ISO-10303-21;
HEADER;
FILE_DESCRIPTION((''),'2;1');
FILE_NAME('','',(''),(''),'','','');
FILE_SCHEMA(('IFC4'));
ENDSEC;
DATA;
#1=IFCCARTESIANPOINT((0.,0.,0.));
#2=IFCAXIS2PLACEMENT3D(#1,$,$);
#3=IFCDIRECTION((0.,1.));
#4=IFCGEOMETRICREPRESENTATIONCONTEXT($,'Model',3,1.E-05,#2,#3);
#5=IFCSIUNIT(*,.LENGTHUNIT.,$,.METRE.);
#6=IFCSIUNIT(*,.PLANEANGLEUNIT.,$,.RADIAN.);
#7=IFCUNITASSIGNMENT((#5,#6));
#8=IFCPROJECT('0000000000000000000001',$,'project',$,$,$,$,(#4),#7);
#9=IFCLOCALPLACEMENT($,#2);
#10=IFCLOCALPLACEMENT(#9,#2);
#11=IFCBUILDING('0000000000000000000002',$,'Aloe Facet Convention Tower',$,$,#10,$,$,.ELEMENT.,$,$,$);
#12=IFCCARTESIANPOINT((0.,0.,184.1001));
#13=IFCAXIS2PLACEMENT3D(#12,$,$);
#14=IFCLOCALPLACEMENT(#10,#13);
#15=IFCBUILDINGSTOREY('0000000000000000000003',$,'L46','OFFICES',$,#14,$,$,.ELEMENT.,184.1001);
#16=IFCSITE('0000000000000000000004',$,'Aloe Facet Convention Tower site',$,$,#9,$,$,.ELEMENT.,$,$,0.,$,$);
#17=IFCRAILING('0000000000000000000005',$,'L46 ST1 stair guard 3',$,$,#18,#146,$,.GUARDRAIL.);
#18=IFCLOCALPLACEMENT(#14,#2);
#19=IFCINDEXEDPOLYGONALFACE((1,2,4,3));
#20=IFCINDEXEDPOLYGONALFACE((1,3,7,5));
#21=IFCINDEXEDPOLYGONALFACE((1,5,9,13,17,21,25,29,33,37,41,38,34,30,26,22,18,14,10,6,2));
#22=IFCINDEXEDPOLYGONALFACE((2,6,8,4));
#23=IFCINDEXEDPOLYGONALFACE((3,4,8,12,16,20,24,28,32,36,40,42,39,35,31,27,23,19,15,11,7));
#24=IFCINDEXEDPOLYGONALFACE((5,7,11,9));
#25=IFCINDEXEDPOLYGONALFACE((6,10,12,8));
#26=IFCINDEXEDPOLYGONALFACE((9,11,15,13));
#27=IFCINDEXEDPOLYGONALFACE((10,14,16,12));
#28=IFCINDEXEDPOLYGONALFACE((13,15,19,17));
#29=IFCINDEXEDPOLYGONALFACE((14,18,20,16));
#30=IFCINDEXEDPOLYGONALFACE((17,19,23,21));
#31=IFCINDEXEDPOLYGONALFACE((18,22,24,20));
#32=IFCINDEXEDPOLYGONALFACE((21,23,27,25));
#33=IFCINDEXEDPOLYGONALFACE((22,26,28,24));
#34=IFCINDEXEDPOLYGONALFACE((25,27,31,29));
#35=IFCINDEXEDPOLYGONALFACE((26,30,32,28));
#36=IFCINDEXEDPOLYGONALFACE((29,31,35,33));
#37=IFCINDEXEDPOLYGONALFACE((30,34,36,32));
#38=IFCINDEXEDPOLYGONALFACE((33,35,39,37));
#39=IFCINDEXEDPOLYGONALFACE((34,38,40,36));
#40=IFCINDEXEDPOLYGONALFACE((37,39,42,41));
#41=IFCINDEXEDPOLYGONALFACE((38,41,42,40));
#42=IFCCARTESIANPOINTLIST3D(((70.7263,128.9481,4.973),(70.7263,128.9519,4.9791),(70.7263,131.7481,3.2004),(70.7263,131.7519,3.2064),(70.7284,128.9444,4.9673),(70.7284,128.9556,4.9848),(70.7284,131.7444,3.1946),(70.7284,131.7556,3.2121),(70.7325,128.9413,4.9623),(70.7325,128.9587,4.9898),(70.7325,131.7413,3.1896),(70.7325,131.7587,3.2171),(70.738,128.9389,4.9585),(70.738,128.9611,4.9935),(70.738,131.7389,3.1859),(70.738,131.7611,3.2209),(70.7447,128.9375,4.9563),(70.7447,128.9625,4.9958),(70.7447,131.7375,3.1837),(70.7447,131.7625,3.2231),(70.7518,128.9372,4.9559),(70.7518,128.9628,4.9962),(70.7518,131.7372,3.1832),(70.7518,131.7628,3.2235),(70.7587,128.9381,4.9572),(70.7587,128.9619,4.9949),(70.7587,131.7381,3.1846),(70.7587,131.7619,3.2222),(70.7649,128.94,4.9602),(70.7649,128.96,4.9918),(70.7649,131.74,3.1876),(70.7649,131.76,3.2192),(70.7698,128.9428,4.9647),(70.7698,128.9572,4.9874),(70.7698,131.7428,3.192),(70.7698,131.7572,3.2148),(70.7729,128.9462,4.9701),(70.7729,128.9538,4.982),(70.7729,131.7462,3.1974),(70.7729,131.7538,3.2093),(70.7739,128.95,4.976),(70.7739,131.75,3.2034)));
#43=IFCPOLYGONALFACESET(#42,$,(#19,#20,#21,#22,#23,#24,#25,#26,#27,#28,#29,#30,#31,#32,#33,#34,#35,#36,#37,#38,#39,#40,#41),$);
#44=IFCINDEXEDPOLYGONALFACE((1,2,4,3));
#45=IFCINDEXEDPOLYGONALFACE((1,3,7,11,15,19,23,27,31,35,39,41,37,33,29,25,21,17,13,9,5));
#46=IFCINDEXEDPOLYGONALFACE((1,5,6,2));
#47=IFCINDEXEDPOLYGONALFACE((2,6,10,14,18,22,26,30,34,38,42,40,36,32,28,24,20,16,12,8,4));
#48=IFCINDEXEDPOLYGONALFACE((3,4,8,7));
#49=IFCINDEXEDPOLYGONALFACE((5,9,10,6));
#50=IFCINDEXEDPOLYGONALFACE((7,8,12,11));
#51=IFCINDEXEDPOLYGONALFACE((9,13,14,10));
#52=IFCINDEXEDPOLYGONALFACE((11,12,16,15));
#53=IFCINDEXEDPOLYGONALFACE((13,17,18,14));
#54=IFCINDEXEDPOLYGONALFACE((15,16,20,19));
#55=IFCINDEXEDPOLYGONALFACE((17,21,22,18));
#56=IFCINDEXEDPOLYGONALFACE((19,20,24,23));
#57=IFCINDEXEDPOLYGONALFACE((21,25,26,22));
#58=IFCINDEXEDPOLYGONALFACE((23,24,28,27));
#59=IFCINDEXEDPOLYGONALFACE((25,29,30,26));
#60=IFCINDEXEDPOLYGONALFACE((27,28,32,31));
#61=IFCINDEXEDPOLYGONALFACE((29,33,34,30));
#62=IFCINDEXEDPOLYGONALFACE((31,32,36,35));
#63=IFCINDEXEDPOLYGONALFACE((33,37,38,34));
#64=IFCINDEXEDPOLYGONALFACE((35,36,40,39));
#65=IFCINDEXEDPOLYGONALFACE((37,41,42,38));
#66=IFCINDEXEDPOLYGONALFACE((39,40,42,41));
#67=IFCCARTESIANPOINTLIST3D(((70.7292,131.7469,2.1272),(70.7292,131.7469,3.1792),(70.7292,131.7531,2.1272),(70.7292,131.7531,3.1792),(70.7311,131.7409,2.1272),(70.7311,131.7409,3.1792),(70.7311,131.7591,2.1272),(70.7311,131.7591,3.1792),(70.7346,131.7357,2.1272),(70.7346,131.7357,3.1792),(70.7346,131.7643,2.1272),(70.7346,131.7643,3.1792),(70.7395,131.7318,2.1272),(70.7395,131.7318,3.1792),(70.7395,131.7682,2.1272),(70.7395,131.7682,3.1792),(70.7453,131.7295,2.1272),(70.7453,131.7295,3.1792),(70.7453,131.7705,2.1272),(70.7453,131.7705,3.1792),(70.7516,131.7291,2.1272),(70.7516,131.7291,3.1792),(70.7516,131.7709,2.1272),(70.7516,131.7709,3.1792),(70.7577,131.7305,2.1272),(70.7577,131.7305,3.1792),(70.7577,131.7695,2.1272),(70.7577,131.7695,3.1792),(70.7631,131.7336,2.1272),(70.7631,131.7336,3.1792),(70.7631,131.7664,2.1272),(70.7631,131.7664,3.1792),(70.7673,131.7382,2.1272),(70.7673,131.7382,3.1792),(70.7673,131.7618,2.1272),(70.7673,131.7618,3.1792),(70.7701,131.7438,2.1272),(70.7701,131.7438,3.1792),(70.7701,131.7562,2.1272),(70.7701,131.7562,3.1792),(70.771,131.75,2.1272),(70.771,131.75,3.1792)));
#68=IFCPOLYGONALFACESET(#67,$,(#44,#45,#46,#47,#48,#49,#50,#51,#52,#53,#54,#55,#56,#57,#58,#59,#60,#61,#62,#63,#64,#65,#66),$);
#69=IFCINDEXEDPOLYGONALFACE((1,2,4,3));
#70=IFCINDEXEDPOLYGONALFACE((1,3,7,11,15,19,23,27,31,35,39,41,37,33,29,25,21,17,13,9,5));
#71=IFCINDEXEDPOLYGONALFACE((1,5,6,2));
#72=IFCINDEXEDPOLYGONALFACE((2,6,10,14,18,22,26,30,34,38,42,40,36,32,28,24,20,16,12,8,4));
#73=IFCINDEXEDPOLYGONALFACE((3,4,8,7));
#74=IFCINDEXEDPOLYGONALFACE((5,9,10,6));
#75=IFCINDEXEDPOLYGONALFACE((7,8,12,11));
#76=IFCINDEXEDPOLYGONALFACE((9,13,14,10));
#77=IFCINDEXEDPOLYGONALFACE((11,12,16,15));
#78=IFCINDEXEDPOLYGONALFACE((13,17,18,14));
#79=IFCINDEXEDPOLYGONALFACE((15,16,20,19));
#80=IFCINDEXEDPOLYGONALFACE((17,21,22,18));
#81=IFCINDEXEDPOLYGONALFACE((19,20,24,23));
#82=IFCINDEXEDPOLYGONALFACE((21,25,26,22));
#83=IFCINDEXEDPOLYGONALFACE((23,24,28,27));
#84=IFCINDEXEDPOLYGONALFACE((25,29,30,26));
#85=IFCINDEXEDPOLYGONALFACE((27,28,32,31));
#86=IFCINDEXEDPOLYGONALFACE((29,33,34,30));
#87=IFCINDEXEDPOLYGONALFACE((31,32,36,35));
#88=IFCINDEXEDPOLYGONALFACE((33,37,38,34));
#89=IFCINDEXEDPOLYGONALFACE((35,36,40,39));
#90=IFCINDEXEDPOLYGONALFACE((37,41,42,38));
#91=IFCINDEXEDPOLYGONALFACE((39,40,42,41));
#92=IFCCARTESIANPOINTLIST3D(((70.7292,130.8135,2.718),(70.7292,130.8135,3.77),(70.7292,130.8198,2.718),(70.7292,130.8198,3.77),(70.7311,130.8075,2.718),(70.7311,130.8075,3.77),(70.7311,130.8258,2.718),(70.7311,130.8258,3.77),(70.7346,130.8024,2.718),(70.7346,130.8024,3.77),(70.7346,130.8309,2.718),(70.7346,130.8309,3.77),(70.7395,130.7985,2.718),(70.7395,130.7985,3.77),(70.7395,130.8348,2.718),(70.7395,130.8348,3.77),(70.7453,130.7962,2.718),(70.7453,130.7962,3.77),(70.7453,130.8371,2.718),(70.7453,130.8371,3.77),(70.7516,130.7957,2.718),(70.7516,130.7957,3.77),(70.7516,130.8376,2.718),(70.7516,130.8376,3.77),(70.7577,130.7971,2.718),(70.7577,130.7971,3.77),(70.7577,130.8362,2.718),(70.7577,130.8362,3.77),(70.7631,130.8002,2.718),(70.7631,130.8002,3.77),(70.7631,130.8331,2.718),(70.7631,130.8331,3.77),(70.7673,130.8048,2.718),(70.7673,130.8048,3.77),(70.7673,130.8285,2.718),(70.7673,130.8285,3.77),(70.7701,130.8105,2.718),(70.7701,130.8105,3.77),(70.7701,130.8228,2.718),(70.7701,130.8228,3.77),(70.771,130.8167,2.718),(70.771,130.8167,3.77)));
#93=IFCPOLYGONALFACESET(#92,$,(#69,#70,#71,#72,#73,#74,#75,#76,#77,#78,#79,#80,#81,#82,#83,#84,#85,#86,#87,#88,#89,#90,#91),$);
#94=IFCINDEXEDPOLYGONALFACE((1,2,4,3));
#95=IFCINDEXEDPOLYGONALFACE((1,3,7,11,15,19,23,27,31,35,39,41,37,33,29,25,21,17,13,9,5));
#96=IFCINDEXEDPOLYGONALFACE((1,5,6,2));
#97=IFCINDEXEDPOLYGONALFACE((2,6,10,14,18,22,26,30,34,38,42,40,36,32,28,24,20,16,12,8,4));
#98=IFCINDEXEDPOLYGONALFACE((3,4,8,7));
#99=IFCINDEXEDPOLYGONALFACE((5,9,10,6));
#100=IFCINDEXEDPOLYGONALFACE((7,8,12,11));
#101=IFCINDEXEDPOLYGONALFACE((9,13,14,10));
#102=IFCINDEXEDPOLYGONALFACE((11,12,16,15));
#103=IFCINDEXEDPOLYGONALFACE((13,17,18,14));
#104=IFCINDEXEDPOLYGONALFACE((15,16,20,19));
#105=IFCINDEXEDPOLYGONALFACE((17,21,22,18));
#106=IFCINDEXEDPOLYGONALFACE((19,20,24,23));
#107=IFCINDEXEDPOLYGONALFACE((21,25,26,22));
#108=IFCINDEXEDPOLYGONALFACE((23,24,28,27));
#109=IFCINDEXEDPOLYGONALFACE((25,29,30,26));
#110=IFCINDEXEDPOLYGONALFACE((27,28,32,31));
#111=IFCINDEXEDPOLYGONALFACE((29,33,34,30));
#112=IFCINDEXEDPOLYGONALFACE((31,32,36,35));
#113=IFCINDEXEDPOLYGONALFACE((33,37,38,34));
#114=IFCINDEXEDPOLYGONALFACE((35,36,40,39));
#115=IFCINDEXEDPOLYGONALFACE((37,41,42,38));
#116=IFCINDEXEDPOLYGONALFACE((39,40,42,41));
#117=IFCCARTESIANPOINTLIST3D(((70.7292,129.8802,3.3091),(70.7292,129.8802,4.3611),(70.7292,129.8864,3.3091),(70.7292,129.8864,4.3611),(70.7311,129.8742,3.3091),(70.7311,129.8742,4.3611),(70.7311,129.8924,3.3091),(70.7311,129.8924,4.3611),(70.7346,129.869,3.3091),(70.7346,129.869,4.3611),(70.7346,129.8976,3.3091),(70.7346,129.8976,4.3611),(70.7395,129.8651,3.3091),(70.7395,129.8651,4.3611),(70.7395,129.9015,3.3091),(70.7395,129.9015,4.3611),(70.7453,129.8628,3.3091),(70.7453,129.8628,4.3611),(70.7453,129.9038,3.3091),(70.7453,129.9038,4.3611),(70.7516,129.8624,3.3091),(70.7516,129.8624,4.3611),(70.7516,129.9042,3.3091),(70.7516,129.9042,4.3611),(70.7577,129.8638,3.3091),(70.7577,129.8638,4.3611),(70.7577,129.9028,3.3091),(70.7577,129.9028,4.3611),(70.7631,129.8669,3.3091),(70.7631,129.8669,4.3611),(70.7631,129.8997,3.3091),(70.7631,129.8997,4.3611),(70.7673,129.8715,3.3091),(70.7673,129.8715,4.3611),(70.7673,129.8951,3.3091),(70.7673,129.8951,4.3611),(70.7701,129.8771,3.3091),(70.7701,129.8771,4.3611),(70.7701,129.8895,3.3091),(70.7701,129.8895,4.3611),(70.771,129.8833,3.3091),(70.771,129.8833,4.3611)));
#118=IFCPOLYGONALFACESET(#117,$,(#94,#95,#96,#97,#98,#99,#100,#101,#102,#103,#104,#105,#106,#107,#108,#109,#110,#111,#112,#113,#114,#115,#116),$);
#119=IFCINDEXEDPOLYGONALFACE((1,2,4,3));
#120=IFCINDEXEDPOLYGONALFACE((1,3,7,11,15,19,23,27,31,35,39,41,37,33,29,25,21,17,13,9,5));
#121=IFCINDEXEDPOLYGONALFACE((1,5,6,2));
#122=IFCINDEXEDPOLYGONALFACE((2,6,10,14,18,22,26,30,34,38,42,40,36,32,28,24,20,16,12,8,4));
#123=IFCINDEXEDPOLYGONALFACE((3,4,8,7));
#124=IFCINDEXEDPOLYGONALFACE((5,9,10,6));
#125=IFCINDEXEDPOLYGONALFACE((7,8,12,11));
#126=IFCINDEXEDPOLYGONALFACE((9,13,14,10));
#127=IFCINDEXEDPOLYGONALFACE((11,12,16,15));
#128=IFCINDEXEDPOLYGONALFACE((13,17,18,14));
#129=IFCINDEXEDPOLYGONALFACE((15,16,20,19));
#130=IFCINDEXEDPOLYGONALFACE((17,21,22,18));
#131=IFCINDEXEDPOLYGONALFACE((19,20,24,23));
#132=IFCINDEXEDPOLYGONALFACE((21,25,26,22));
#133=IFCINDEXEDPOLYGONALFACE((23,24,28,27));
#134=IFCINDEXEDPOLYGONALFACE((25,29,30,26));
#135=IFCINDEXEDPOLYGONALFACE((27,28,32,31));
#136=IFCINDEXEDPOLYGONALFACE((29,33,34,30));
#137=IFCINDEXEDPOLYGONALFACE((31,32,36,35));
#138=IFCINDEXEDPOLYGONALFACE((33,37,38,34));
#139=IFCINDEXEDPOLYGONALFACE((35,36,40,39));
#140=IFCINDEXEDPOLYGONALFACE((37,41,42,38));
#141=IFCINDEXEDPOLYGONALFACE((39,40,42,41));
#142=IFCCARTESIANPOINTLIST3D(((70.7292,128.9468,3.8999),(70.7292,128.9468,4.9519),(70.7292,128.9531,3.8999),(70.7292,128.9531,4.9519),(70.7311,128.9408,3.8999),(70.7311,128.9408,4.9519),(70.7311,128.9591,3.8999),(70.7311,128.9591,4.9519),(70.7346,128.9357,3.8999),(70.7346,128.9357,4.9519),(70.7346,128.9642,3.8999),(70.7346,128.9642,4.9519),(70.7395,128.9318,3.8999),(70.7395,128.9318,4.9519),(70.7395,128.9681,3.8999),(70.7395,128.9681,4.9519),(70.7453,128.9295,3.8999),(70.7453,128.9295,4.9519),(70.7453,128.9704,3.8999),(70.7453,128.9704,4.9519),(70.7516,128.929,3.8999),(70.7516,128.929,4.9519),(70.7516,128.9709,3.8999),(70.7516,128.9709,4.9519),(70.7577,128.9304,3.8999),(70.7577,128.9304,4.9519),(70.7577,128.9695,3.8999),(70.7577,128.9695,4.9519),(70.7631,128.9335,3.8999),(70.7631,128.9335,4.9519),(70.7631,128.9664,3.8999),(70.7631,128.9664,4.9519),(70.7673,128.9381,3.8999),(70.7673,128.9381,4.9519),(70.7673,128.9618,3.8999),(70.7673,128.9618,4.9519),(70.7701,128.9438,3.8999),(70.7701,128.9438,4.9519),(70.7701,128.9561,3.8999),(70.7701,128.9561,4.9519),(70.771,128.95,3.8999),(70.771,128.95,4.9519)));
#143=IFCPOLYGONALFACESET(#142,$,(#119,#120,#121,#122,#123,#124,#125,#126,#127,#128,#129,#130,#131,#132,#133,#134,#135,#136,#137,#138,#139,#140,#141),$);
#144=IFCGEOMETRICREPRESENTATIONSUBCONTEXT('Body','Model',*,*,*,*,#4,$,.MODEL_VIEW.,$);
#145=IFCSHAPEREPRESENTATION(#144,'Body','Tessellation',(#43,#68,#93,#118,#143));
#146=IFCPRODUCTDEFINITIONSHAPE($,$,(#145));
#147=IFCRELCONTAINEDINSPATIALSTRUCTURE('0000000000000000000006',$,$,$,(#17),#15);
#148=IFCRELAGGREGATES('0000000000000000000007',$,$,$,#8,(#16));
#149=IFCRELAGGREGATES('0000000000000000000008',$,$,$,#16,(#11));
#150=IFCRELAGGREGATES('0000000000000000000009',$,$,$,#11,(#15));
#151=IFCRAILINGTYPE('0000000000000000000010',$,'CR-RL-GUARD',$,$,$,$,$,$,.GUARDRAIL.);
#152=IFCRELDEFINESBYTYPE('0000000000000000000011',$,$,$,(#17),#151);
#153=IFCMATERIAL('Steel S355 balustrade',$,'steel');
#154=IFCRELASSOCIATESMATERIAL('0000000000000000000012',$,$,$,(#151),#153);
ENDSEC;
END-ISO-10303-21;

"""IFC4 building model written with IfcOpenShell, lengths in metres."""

from ifc_helpers import new_model, si_unit, direction, frame, origin, origin_2d, place, context, subcontext, project, spatial, circle, extrude, material, type_object, element, save


model = new_model("IFC4")

# Units and contexts
model_context = context("Model", 3, precision=1e-05, world=origin(), true_north=direction((0.0, 1.0)))
body_context = subcontext(model_context, "Body", "Model", "MODEL_VIEW")
ifc_project = project(units=[si_unit("LENGTHUNIT", "METRE"), si_unit("PLANEANGLEUNIT", "RADIAN")], contexts=[model_context])

# Site, building, storey
site_placement = place(None, origin())
site = spatial("IfcSite", under=ifc_project, at=site_placement, Name="Aloe Facet Convention Tower site", CompositionType="ELEMENT", RefElevation=0.0)
building_placement = place(site_placement, origin())
building = spatial("IfcBuilding", under=site, at=building_placement, Name="Aloe Facet Convention Tower", CompositionType="ELEMENT")
storey_placement = place(building_placement, frame((0.0, 0.0, 184.1001)))
storey = spatial("IfcBuildingStorey", under=building, at=storey_placement, Name="L46", Description="OFFICES", CompositionType="ELEMENT", Elevation=184.1001)

# Railing
ifc_material_1 = material(Name="Steel S355 balustrade", Category="steel")
railing_type_1 = type_object("IfcRailingType", Name="CR-RL-GUARD", PredefinedType="GUARDRAIL", material=ifc_material_1)
railing_1_placement = place(storey_placement, frame((70.75, 131.75, 2.1272)))
element("IfcRailing", 1, at=railing_1_placement, inside=storey, type_object=railing_type_1, Name="L46 ST1 stair guard 3", PredefinedType="GUARDRAIL", context=body_context, shape_type="SweptSolid", body=[
    extrude(circle(Radius=0.0239, at=origin_2d()), frame((0.0, 0.0, 1.0762), z_axis=(0.0, -0.844909, 0.53491), x_axis=(1.0, 0.0, 0.0)), (0.0, 0.0, 1.0), 3.314),
    extrude(circle(Radius=0.021, at=origin_2d()), origin(), (0.0, 0.0, 1.0), 1.052),
    extrude(circle(Radius=0.021, at=origin_2d()), frame((0.0, -0.9333, 0.5908)), (0.0, 0.0, 1.0), 1.052),
    extrude(circle(Radius=0.021, at=origin_2d()), frame((0.0, -1.8667, 1.1819)), (0.0, 0.0, 1.0), 1.052),
    extrude(circle(Radius=0.021, at=origin_2d()), frame((0.0, -2.8, 1.7727)), (0.0, 0.0, 1.0), 1.052),
])

save(model, "model.ifc")
